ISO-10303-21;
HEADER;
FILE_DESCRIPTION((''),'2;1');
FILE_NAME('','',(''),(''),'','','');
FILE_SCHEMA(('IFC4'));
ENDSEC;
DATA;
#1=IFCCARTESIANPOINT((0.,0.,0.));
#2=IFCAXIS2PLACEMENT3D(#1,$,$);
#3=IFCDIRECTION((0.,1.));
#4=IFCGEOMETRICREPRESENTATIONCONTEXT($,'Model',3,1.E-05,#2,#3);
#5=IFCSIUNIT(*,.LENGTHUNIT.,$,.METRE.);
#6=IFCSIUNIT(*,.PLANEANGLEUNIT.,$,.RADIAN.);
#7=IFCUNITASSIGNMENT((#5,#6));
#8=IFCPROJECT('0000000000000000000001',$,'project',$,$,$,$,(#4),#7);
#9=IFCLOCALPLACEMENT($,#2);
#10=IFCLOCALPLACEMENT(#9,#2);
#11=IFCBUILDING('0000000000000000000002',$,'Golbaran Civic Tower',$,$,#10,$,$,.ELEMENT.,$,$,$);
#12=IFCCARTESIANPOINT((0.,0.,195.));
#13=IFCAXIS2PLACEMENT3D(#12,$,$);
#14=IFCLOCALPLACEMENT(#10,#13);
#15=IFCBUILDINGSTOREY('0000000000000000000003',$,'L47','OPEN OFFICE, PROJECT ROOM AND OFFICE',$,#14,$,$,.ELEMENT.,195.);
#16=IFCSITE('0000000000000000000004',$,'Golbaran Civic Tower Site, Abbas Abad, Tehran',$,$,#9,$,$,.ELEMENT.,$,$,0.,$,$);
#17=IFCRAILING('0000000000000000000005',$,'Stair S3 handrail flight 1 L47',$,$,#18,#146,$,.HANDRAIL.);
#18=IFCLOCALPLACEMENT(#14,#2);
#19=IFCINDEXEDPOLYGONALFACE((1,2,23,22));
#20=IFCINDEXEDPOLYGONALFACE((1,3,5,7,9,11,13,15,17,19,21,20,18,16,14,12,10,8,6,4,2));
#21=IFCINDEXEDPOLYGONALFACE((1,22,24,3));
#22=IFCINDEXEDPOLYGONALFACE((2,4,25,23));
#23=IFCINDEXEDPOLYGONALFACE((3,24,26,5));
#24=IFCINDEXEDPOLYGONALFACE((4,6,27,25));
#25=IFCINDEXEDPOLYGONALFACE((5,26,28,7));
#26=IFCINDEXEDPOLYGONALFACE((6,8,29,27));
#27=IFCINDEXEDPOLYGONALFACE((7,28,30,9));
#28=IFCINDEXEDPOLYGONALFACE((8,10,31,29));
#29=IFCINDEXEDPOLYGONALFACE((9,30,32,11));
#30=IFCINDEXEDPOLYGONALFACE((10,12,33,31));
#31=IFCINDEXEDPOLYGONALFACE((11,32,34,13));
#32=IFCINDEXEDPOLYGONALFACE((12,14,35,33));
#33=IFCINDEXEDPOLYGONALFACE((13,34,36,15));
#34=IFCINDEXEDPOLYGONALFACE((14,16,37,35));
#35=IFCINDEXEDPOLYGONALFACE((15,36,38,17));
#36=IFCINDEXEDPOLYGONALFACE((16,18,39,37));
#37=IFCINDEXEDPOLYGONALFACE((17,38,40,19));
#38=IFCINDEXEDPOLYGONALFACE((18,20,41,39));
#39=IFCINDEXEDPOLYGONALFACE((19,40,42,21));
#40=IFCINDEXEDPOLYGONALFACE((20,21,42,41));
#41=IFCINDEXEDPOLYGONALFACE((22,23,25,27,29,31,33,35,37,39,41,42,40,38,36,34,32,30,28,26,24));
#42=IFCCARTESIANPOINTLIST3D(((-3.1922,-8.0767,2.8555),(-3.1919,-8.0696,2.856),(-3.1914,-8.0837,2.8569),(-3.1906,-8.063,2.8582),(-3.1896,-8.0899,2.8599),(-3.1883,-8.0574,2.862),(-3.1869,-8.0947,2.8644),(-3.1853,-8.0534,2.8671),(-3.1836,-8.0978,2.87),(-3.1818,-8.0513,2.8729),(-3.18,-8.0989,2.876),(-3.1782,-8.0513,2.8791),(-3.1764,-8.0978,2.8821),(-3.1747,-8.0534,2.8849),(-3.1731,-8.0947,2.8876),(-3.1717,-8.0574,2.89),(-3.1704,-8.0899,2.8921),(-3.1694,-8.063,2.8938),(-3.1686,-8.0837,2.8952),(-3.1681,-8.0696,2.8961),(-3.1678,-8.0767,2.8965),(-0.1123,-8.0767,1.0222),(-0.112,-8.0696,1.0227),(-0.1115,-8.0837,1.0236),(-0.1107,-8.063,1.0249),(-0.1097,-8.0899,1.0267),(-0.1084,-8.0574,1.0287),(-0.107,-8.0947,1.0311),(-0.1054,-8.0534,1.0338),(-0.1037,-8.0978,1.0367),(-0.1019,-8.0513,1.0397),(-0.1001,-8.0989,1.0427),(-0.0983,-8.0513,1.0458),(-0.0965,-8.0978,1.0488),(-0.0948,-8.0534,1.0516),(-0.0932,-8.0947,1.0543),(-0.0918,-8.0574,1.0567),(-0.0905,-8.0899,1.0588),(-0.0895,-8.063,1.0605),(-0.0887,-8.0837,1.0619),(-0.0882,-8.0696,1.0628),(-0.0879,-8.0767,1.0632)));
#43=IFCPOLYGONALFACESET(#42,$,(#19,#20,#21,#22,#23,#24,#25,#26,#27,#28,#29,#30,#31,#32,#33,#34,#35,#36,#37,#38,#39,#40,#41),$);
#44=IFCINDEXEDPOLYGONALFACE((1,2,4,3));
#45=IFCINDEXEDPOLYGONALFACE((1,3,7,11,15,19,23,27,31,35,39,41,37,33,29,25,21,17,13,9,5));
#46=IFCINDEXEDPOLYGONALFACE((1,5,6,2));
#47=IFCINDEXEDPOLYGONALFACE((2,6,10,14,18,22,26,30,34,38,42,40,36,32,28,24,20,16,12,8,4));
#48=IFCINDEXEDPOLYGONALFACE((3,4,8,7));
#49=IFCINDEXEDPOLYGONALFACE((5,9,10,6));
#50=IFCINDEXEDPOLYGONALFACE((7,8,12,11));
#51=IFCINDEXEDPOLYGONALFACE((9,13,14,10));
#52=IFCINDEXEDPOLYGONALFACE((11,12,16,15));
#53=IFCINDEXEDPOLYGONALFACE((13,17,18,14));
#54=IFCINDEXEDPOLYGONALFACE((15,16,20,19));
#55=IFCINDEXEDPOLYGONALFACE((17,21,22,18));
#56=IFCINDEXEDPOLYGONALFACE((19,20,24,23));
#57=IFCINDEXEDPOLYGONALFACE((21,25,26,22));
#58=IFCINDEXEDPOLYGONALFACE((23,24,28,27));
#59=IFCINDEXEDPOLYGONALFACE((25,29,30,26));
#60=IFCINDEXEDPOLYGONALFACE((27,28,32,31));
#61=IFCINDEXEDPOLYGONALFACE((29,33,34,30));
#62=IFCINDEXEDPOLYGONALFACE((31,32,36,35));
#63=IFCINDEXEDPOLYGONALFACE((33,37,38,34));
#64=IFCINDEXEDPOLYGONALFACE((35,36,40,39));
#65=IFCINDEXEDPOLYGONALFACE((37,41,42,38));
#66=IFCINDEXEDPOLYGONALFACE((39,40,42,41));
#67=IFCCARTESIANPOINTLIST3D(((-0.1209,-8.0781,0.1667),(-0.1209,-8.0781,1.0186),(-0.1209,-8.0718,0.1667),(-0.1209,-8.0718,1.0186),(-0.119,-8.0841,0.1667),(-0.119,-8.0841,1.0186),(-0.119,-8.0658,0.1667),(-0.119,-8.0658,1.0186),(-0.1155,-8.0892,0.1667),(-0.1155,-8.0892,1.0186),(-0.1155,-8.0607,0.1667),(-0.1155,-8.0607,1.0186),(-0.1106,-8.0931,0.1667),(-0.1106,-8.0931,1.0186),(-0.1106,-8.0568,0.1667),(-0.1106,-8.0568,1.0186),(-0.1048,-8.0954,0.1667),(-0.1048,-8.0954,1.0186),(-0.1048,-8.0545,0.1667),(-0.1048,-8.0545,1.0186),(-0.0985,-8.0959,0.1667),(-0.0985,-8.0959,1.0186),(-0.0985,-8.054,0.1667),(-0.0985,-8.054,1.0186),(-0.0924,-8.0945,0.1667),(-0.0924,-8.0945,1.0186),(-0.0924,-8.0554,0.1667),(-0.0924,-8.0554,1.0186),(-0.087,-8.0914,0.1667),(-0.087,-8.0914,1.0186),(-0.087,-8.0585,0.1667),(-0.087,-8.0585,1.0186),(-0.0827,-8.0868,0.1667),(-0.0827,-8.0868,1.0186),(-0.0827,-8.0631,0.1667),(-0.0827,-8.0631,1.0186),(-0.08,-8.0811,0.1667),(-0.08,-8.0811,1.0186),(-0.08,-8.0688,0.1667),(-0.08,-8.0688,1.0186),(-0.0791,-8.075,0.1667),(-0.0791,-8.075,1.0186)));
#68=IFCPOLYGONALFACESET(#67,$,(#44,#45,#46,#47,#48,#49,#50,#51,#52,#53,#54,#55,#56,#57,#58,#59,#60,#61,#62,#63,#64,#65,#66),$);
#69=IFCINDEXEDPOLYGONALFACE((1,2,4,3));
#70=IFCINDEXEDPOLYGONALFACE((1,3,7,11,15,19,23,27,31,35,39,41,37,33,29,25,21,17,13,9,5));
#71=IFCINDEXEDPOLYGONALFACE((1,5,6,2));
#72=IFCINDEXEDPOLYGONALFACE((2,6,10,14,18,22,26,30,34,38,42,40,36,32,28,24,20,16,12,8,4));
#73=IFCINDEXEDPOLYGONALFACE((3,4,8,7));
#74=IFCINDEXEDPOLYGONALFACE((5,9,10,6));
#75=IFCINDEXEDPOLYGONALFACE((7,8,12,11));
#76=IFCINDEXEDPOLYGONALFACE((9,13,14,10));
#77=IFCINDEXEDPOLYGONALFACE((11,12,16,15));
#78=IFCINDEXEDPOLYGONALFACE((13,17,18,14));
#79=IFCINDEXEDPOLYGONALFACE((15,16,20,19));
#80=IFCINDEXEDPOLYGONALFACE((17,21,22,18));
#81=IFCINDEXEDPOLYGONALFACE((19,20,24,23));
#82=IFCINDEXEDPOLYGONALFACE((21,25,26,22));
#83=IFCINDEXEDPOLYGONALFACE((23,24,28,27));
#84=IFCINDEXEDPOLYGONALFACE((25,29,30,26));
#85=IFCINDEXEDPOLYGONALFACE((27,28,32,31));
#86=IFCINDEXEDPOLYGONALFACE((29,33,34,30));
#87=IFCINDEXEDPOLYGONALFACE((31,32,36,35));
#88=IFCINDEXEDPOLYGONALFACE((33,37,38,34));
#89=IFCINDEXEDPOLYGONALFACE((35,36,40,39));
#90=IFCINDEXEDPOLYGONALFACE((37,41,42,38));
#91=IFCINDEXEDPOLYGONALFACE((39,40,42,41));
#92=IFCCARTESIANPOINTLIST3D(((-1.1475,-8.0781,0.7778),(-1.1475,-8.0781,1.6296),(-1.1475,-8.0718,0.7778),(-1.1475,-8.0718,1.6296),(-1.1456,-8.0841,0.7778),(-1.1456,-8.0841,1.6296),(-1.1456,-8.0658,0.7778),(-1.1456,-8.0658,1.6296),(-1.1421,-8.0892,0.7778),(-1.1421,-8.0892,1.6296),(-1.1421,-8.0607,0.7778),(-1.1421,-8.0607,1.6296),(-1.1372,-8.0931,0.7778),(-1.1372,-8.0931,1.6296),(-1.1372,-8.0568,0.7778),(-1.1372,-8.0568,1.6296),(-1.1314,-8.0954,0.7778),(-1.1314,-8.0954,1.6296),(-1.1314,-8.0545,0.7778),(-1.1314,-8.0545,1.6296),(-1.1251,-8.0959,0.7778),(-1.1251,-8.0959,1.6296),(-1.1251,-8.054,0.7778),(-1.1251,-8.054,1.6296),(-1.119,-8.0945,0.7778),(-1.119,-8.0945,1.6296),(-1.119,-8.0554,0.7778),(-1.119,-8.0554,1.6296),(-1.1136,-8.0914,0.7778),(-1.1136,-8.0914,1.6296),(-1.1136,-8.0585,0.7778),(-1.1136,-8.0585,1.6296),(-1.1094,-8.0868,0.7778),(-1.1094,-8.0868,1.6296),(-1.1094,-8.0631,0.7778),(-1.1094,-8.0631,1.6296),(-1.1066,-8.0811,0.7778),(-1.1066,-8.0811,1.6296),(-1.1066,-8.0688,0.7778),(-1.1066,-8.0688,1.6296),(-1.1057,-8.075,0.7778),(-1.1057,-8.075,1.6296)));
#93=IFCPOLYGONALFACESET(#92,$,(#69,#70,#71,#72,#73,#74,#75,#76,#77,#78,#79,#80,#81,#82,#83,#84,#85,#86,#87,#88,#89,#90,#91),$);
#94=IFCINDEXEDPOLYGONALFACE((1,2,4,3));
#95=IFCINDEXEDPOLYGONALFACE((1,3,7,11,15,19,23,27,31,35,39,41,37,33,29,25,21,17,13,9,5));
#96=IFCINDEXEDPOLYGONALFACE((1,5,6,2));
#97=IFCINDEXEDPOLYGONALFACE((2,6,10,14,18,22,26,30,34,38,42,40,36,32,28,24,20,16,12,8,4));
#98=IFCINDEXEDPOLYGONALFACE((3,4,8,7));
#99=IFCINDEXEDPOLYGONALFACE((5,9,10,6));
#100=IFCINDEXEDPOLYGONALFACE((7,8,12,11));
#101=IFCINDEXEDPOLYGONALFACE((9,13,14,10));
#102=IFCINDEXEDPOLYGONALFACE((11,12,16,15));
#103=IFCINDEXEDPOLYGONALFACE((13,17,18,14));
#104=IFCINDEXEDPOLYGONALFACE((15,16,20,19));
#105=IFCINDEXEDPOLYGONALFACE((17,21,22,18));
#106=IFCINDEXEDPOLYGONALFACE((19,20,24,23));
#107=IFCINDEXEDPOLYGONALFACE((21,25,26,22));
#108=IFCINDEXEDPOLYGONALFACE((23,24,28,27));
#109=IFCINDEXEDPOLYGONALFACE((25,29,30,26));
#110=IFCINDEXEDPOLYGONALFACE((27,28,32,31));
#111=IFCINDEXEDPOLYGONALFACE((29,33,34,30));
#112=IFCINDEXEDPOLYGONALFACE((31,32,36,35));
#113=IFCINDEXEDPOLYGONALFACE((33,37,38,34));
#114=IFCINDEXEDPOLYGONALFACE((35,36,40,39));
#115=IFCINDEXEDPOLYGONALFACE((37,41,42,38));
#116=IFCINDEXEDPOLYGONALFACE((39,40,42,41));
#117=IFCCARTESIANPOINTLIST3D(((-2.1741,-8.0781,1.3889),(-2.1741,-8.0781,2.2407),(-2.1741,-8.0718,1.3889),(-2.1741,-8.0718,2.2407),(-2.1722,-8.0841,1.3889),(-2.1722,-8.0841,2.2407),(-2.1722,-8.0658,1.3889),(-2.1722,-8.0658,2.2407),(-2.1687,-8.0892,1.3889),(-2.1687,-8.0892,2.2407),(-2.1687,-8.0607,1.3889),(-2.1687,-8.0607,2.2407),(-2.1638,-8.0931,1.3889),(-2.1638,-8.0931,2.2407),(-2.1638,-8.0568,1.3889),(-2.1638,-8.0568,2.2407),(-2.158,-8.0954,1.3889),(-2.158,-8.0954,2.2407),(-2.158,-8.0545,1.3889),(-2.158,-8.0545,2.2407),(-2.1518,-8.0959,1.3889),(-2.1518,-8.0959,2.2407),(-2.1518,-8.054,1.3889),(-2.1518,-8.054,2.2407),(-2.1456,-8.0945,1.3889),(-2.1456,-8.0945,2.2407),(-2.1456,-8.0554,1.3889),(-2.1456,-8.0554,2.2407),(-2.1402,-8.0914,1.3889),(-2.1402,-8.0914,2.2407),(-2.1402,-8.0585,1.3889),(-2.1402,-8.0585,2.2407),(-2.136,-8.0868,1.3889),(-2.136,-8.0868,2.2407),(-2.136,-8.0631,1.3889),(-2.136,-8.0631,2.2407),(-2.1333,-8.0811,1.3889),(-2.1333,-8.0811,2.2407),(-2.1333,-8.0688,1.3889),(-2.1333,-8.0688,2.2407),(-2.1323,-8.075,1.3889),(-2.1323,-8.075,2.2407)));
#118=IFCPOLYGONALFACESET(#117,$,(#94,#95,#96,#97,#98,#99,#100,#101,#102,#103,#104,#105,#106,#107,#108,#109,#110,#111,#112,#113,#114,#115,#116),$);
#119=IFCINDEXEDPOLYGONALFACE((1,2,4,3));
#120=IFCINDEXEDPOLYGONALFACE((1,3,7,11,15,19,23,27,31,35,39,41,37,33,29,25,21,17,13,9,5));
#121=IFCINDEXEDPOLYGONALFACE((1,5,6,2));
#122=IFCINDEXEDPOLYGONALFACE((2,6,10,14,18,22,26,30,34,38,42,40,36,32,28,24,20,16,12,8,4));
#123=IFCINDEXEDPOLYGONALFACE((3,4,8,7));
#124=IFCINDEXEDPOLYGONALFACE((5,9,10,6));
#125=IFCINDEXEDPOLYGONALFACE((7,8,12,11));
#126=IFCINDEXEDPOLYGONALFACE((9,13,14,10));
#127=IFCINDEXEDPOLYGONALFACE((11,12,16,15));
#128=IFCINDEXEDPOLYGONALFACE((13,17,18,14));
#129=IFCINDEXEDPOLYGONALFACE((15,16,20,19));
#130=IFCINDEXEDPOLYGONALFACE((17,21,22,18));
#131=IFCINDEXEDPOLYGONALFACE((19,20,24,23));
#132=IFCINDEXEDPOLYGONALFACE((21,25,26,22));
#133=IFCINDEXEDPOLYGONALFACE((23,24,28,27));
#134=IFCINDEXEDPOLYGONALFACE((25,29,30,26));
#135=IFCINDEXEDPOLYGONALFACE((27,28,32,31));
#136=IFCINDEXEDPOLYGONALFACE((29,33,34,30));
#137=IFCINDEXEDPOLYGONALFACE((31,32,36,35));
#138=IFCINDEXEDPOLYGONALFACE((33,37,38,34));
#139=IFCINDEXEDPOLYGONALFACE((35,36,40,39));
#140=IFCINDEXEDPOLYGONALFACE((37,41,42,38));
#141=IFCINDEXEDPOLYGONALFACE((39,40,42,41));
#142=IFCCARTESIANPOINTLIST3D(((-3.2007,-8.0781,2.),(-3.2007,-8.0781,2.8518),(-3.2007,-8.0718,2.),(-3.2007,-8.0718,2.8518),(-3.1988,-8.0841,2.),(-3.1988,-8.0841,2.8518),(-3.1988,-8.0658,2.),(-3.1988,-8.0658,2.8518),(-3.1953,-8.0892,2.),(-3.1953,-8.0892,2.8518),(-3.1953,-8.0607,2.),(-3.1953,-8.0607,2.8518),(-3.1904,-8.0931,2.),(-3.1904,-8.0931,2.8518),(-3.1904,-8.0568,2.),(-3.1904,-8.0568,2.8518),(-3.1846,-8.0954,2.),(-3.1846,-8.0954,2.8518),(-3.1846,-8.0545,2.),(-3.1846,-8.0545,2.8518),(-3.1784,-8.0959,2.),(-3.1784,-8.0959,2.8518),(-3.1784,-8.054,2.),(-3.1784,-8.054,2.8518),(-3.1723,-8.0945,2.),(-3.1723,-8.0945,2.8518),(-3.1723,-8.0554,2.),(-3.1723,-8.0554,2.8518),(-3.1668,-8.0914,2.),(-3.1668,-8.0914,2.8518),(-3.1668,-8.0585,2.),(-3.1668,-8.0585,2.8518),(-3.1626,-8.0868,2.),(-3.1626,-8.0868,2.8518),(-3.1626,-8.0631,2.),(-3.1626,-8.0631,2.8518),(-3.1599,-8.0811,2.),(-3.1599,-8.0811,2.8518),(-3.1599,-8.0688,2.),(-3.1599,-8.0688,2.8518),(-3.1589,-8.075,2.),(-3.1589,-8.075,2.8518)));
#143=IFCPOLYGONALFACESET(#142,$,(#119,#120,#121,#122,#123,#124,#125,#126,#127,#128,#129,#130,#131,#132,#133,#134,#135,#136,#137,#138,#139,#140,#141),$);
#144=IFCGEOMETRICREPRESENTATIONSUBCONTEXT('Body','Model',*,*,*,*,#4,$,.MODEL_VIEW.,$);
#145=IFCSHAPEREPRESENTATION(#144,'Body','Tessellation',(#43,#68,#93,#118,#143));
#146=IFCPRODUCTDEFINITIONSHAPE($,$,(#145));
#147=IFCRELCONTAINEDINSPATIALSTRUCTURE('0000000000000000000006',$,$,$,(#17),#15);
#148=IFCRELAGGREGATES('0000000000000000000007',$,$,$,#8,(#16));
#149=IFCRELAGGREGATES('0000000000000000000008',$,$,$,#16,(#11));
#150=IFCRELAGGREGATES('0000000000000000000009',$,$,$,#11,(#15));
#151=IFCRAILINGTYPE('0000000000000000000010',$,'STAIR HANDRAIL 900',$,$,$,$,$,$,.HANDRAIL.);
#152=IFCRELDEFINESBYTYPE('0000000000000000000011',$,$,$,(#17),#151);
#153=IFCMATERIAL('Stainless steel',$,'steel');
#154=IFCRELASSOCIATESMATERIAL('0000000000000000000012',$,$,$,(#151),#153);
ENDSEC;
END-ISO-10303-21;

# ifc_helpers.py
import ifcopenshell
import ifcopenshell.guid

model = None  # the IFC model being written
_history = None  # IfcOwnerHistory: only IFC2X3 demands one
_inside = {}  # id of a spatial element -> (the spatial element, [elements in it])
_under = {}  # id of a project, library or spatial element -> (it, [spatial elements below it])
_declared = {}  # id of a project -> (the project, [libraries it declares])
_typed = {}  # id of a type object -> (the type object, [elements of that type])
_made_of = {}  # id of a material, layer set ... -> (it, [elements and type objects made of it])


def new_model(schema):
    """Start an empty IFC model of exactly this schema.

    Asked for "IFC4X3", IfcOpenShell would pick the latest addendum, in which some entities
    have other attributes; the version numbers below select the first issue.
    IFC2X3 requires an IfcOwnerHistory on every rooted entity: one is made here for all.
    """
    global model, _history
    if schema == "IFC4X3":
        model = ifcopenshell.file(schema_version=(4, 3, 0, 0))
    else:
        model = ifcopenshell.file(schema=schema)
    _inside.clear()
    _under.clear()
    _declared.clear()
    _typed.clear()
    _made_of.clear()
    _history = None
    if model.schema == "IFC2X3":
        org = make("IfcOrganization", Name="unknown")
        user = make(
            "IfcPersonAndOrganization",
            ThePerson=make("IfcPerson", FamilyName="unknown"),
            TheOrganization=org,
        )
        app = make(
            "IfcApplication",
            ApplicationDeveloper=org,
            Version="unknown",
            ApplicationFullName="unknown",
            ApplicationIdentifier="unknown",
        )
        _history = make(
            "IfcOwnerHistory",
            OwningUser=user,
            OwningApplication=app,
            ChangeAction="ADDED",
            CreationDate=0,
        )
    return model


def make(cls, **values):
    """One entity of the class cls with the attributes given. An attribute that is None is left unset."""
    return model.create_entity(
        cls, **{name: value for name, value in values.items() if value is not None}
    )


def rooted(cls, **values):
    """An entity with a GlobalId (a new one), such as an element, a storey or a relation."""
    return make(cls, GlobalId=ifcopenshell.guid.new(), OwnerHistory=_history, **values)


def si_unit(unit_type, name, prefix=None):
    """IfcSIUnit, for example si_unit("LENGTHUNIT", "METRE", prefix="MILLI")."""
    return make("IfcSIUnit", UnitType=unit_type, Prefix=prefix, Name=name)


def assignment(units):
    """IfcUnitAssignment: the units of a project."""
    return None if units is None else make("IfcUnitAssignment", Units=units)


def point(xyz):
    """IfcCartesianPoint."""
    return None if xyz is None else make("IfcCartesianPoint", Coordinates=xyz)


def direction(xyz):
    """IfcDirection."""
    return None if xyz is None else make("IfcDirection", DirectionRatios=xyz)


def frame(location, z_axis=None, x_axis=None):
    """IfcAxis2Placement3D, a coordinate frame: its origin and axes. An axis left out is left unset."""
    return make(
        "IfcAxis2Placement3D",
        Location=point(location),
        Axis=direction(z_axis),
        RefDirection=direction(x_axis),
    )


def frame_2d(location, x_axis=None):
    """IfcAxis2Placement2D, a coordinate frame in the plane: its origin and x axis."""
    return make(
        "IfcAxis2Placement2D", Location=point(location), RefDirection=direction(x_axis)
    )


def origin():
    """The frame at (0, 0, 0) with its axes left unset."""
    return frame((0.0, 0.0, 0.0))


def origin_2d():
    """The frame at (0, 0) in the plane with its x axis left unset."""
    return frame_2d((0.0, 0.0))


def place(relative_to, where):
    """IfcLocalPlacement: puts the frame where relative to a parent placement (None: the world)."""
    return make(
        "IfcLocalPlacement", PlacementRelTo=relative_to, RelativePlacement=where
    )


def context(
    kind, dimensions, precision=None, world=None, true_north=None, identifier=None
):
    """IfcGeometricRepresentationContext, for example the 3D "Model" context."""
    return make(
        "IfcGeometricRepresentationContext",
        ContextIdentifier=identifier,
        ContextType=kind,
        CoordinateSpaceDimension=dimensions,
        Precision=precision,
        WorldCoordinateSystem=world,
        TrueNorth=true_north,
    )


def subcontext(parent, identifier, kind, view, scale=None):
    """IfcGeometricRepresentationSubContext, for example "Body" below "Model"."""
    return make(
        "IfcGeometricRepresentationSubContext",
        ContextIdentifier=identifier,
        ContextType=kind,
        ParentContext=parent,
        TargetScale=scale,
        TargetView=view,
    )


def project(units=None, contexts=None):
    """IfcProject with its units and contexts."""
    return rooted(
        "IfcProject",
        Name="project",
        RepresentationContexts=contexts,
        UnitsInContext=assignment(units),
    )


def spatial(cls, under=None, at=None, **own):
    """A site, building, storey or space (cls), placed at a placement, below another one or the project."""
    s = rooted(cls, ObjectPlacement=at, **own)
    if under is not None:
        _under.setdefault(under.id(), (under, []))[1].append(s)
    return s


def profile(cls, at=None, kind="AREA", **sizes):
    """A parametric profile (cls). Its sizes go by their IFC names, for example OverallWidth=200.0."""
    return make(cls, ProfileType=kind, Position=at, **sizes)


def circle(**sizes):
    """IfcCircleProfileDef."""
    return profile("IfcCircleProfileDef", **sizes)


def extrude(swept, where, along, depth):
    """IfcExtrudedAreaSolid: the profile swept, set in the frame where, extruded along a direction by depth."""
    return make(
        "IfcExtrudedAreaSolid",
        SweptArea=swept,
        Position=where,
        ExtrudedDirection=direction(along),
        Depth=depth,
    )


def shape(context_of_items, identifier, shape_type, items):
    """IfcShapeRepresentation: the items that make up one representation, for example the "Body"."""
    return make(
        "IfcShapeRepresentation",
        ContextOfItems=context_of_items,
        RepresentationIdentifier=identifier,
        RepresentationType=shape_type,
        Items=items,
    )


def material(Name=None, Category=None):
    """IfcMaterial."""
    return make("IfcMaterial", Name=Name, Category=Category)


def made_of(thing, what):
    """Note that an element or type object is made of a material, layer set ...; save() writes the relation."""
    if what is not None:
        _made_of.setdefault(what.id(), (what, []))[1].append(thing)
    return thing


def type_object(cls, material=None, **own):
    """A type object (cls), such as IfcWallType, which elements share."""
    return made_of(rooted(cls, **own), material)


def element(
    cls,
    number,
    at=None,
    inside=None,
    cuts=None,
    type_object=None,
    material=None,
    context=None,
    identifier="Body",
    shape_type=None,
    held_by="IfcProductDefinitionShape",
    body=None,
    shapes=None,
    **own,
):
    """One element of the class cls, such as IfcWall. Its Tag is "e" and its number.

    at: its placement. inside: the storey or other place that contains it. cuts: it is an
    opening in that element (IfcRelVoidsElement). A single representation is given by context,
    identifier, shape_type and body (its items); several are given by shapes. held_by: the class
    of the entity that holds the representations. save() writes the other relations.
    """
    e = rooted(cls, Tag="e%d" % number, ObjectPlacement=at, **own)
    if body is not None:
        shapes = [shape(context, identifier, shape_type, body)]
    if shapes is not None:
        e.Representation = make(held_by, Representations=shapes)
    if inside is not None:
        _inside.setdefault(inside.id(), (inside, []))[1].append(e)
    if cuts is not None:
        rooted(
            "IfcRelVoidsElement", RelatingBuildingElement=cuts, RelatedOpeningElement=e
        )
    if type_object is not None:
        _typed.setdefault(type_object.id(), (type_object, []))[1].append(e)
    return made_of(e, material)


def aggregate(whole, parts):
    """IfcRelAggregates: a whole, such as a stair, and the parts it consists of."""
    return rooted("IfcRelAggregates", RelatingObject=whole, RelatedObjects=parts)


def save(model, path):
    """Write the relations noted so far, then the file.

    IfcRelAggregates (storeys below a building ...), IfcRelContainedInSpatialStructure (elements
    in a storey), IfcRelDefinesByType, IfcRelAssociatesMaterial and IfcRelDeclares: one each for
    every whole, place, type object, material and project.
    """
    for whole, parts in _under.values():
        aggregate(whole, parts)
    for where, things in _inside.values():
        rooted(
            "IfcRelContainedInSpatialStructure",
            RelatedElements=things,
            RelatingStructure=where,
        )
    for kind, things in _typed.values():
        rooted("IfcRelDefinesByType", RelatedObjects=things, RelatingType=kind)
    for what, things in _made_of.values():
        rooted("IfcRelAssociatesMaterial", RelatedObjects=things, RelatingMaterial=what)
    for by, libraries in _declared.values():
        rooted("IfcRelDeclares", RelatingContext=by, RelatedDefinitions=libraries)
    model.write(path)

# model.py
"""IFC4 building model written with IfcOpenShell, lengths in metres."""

from ifc_helpers import new_model, si_unit, direction, frame, origin, origin_2d, place, context, subcontext, project, spatial, circle, extrude, material, type_object, element, save


model = new_model("IFC4")

# Units and contexts
model_context = context("Model", 3, precision=1e-05, world=origin(), true_north=direction((0.0, 1.0)))
body_context = subcontext(model_context, "Body", "Model", "MODEL_VIEW")
ifc_project = project(units=[si_unit("LENGTHUNIT", "METRE"), si_unit("PLANEANGLEUNIT", "RADIAN")], contexts=[model_context])

# Site, building, storey
site_placement = place(None, origin())
site = spatial("IfcSite", under=ifc_project, at=site_placement, Name="Golbaran Civic Tower Site, Abbas Abad, Tehran", CompositionType="ELEMENT", RefElevation=0.0)
building_placement = place(site_placement, origin())
building = spatial("IfcBuilding", under=site, at=building_placement, Name="Golbaran Civic Tower", CompositionType="ELEMENT")
storey_placement = place(building_placement, frame((0.0, 0.0, 195.0)))
storey = spatial("IfcBuildingStorey", under=building, at=storey_placement, Name="L47", Description="OPEN OFFICE, PROJECT ROOM AND OFFICE", CompositionType="ELEMENT", Elevation=195.0)

# Railing
ifc_material_1 = material(Name="Stainless steel", Category="steel")
railing_type = type_object("IfcRailingType", Name="STAIR HANDRAIL 900", PredefinedType="HANDRAIL", material=ifc_material_1)
railing_1_placement = place(storey_placement, frame((-0.1001, -8.075, 0.1667)))
element("IfcRailing", 1, at=railing_1_placement, inside=storey, type_object=railing_type, Name="Stair S3 handrail flight 1 L47", PredefinedType="HANDRAIL", context=body_context, shape_type="SweptSolid", body=[
    extrude(circle(Radius=0.0239, at=origin_2d()), frame((0.0, 0.0, 0.876), z_axis=(-0.859291, 0.0, 0.511487), x_axis=(0.0, -1.0, 0.0)), (0.0, 0.0, 1.0), 3.5842),
    extrude(circle(Radius=0.021, at=origin_2d()), origin(), (0.0, 0.0, 1.0), 0.8518),
    extrude(circle(Radius=0.021, at=origin_2d()), frame((-1.0266, 0.0, 0.6111)), (0.0, 0.0, 1.0), 0.8518),
    extrude(circle(Radius=0.021, at=origin_2d()), frame((-2.0532, 0.0, 1.2222)), (0.0, 0.0, 1.0), 0.8518),
    extrude(circle(Radius=0.021, at=origin_2d()), frame((-3.0798, 0.0, 1.8333)), (0.0, 0.0, 1.0), 0.8518),
])

save(model, "model.ifc")
